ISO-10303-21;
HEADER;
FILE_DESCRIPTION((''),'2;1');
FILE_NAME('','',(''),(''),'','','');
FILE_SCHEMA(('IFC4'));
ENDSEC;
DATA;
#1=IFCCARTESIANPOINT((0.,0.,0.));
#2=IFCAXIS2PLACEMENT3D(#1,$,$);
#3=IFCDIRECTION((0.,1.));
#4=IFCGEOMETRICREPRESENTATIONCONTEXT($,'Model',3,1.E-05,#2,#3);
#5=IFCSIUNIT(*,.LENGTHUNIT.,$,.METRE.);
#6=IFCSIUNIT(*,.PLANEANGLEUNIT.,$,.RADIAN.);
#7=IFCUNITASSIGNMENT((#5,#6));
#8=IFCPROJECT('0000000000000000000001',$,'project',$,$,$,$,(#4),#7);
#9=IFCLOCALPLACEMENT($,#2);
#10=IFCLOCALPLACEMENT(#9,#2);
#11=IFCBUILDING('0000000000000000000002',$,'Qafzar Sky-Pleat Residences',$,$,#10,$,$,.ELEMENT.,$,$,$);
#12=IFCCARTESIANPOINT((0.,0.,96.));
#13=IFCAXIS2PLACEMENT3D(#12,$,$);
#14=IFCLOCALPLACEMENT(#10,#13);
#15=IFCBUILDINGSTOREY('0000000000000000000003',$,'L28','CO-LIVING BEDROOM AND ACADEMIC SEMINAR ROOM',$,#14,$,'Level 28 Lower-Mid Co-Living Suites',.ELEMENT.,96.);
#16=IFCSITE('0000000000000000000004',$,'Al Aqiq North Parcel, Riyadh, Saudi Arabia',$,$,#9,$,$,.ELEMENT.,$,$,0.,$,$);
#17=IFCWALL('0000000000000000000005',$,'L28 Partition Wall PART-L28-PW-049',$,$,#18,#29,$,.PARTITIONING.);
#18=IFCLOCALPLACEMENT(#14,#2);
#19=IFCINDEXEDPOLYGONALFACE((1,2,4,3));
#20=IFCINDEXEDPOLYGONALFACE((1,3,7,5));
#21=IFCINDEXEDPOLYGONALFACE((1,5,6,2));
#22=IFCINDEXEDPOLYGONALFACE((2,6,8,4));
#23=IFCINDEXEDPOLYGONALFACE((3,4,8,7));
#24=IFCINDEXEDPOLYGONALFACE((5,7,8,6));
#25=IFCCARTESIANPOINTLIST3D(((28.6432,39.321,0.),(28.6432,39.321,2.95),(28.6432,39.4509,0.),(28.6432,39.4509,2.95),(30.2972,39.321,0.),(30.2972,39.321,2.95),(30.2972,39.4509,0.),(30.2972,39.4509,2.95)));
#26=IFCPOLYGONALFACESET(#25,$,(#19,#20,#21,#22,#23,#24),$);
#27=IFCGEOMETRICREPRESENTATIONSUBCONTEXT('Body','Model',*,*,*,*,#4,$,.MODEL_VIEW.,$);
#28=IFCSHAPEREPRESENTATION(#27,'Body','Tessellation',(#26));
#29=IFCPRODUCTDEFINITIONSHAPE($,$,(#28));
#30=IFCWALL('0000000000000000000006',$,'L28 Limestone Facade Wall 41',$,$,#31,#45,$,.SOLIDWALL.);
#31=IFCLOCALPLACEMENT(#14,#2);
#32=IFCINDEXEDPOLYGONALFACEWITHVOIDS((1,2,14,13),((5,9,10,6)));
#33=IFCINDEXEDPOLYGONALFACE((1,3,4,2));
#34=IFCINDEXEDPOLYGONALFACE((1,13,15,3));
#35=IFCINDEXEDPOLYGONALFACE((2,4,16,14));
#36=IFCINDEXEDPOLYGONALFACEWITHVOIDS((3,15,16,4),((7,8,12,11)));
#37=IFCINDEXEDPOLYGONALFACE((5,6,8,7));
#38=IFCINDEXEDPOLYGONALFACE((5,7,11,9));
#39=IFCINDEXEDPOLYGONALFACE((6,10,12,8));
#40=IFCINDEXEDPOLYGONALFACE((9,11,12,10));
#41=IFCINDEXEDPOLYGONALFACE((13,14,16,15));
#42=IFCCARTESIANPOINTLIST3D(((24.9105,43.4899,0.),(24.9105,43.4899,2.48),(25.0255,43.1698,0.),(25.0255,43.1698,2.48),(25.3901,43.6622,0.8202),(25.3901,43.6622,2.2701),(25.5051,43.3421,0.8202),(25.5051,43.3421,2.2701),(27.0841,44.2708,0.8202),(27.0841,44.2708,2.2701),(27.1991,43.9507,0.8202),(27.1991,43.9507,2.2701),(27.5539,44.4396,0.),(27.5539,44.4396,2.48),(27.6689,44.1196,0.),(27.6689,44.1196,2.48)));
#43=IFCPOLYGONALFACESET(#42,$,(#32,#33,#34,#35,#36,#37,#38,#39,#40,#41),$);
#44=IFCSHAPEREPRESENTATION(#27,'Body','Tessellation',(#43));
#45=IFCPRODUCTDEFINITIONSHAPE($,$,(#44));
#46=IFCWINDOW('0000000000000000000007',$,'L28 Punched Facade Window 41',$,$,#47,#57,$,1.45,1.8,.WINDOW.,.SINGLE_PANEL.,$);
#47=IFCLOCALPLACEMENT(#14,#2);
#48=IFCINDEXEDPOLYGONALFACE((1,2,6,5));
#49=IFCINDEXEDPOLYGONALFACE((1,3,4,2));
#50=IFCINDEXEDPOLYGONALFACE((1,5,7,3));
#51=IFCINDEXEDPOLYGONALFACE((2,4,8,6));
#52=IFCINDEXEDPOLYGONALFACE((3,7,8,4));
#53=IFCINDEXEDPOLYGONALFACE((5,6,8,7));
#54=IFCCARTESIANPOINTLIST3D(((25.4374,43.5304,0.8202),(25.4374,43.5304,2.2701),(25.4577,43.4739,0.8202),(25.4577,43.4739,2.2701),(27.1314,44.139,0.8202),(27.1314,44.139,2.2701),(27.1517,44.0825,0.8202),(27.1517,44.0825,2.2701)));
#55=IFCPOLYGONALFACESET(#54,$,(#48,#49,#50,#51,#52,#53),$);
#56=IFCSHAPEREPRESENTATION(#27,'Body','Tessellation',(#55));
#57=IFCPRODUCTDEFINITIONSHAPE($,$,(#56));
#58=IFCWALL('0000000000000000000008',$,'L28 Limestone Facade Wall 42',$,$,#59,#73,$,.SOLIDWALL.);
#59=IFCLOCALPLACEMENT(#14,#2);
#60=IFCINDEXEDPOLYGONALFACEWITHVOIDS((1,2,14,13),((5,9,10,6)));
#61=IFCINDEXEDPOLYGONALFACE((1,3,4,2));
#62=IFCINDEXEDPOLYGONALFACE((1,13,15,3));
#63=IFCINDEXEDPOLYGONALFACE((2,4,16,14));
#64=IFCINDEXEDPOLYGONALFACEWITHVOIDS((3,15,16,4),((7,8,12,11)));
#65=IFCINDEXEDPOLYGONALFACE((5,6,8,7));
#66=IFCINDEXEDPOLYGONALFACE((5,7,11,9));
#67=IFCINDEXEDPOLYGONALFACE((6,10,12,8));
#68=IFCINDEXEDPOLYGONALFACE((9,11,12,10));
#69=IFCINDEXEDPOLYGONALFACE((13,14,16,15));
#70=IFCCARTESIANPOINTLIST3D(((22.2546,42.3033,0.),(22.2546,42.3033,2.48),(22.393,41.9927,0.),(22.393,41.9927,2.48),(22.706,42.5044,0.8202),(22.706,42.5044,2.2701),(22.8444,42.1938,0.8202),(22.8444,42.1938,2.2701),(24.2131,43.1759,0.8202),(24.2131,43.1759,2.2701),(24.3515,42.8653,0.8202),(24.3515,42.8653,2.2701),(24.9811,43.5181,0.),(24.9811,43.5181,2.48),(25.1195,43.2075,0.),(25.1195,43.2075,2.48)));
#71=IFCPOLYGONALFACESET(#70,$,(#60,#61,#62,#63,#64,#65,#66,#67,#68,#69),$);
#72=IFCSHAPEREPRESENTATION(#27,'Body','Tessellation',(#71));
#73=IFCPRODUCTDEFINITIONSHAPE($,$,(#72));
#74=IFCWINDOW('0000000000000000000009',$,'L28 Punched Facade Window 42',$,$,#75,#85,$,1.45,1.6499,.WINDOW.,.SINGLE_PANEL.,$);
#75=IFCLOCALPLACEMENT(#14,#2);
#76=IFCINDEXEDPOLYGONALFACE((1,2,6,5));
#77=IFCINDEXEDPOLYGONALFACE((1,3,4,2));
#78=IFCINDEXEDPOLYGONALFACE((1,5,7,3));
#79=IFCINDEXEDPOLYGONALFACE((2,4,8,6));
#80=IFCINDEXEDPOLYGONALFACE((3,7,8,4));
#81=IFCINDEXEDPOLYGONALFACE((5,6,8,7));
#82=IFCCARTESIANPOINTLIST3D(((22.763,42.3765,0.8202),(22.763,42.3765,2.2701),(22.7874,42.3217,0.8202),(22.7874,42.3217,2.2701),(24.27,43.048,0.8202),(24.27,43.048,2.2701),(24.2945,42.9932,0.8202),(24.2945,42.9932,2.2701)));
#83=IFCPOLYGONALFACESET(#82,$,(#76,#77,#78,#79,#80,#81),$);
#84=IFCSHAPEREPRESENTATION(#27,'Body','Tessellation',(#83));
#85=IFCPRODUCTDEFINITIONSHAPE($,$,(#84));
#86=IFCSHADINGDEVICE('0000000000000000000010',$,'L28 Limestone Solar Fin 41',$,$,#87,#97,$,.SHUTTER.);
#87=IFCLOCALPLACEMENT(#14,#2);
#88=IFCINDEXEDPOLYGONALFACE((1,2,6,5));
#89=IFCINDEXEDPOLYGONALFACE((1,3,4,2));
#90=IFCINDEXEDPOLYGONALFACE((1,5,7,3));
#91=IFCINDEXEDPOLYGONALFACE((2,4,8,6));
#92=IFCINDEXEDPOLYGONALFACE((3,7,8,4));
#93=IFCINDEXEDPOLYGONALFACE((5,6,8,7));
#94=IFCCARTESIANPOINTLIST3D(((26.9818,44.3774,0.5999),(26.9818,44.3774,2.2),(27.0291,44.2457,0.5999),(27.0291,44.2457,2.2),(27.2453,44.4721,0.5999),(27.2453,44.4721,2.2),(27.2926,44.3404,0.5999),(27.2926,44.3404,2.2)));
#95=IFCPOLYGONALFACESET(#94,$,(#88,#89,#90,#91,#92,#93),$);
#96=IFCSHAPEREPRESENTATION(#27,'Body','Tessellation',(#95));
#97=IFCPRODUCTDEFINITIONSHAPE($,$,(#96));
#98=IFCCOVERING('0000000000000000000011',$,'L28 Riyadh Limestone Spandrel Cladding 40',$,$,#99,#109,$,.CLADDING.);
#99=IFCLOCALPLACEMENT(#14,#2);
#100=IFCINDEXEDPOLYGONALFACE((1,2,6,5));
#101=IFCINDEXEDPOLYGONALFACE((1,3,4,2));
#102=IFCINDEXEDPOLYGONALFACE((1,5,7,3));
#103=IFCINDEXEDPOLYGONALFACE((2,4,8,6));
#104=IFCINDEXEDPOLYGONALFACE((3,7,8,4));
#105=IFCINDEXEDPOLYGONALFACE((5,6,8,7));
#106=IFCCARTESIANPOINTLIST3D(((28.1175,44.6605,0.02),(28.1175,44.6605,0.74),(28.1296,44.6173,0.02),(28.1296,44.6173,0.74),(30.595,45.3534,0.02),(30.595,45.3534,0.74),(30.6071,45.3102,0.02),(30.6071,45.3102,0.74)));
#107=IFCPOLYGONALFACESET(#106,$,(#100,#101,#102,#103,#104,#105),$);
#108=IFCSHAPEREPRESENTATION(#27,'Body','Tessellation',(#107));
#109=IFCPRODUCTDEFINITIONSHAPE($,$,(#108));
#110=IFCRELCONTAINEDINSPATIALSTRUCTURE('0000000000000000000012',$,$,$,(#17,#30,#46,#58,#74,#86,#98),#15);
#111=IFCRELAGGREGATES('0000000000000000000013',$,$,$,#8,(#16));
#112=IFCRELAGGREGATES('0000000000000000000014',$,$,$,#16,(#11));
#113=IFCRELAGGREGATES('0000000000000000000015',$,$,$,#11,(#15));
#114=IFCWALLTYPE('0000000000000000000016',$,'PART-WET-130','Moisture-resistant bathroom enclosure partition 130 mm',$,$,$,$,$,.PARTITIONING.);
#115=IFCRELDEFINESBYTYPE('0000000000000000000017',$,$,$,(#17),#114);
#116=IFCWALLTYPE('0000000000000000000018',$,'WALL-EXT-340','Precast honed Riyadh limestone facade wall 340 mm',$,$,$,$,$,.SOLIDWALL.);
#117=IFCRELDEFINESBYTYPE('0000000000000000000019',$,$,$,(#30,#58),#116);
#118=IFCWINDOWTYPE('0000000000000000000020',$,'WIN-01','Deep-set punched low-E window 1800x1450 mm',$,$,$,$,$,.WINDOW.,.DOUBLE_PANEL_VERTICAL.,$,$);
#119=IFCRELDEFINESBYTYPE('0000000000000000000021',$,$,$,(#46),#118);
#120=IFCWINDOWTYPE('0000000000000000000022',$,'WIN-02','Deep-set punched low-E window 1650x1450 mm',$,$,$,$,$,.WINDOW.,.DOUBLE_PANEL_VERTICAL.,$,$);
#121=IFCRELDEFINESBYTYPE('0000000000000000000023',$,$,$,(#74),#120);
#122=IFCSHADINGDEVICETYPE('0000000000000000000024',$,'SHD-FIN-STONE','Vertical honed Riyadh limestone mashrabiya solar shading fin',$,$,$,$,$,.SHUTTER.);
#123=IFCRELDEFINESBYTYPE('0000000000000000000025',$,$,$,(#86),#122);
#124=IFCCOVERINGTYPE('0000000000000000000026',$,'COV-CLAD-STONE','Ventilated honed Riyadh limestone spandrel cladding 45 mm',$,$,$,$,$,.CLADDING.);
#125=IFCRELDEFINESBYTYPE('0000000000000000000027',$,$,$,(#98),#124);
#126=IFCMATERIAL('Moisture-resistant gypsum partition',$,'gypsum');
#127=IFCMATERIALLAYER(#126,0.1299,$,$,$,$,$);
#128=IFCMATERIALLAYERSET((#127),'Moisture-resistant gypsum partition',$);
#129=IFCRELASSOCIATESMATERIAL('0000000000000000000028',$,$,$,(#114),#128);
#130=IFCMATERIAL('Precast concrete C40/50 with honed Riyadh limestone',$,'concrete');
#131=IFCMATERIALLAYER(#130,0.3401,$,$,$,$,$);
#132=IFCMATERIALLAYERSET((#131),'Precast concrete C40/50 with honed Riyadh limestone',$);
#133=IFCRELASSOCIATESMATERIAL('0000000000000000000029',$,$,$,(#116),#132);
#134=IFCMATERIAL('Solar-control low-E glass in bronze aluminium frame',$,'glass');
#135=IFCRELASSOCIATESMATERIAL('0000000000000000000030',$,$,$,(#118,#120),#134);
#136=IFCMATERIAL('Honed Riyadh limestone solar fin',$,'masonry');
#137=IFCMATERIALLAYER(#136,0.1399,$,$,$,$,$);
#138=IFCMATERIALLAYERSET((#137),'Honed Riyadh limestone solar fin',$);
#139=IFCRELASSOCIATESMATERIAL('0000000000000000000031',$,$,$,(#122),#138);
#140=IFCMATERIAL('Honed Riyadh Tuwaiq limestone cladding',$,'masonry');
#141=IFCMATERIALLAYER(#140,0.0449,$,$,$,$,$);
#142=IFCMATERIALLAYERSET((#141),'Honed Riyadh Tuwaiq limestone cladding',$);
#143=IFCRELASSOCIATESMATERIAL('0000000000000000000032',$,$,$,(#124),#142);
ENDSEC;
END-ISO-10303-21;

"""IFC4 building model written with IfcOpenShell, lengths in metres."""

from ifc_helpers import new_model, si_unit, direction, frame, frame_2d, origin, origin_2d, place, context, subcontext, project, spatial, rectangle, extrude, source, transform, mapped, material, layer, layer_set, type_object, element, fill, save


model = new_model("IFC4")

# Units and contexts
model_context = context("Model", 3, precision=1e-05, world=origin(), true_north=direction((0.0, 1.0)))
body_context = subcontext(model_context, "Body", "Model", "MODEL_VIEW")
ifc_project = project(units=[si_unit("LENGTHUNIT", "METRE"), si_unit("PLANEANGLEUNIT", "RADIAN")], contexts=[model_context])

# Site, building, storey
site_placement = place(None, origin())
site = spatial("IfcSite", under=ifc_project, at=site_placement, Name="Al Aqiq North Parcel, Riyadh, Saudi Arabia", CompositionType="ELEMENT", RefElevation=0.0)
building_placement = place(site_placement, origin())
building = spatial("IfcBuilding", under=site, at=building_placement, Name="Qafzar Sky-Pleat Residences", CompositionType="ELEMENT")
storey_placement = place(building_placement, frame((0.0, 0.0, 96.0)))
storey = spatial("IfcBuildingStorey", under=building, at=storey_placement, Name="L28", Description="CO-LIVING BEDROOM AND ACADEMIC SEMINAR ROOM", LongName="Level 28 Lower-Mid Co-Living Suites", CompositionType="ELEMENT", Elevation=96.0)

# Shared definitions
ifc_material_1 = material(Name="Moisture-resistant gypsum partition", Category="gypsum")
ifc_layer_1 = layer(ifc_material_1, 0.1299)
ifc_layer_set_1 = layer_set([ifc_layer_1], Name="Moisture-resistant gypsum partition")
wall_type_1 = type_object("IfcWallType", Name="PART-WET-130", Description="Moisture-resistant bathroom enclosure partition 130 mm", PredefinedType="PARTITIONING", material=ifc_layer_set_1)

# Wall
wall_1_placement = place(storey_placement, frame((28.6431, 39.386, 0.0), z_axis=(0.0, 0.0, 1.0), x_axis=(1.0, 0.0, 0.0)))
element("IfcWall", 1, at=wall_1_placement, inside=storey, type_object=wall_type_1, Name="L28 Partition Wall PART-L28-PW-049", PredefinedType="PARTITIONING", context=body_context, shape_type="SweptSolid", body=[
    extrude(rectangle(XDim=1.6541, YDim=0.1299, at=frame_2d((0.8271, 0.0))), origin(), (0.0, 0.0, 1.0), 2.95),
])

# Walls, openings, windows
ifc_material_2 = material(Name="Precast concrete C40/50 with honed Riyadh limestone", Category="concrete")
ifc_layer_2 = layer(ifc_material_2, 0.3401)
ifc_layer_set_2 = layer_set([ifc_layer_2], Name="Precast concrete C40/50 with honed Riyadh limestone")
wall_type_2 = type_object("IfcWallType", Name="WALL-EXT-340", Description="Precast honed Riyadh limestone facade wall 340 mm", PredefinedType="SOLIDWALL", material=ifc_layer_set_2)
wall_2_placement = place(storey_placement, frame((27.6113, 44.2795, 0.0), z_axis=(0.0, 0.0, 1.0), x_axis=(-0.941101, -0.338125, 0.0)))
wall_2 = element("IfcWall", 2, at=wall_2_placement, inside=storey, type_object=wall_type_2, Name="L28 Limestone Facade Wall 41", PredefinedType="SOLIDWALL", context=body_context, shape_type="SweptSolid", body=[
    extrude(rectangle(XDim=2.8088, YDim=0.3401, at=frame_2d((1.4043, 0.0))), origin(), (0.0, 0.0, 1.0), 2.48),
])
opening_1_placement = place(wall_2_placement, frame((0.4993, 0.0, 0.8201)))
opening_1 = element("IfcOpeningElement", 3, at=opening_1_placement, cuts=wall_2, PredefinedType="OPENING", context=body_context, shape_type="SweptSolid", body=[
    extrude(rectangle(XDim=1.8, YDim=1.45, at=frame_2d((0.8999, 0.7251))), frame((0.0, 0.1802, 0.0), z_axis=(0.0, -1.0, 0.0), x_axis=(1.0, 0.0, 0.0)), (0.0, 0.0, 1.0), 0.3601),
])
ifc_material_3 = material(Name="Solar-control low-E glass in bronze aluminium frame", Category="glass")
window_type_1 = type_object("IfcWindowType", Name="WIN-01", Description="Deep-set punched low-E window 1800x1450 mm", PartitioningType="DOUBLE_PANEL_VERTICAL", PredefinedType="WINDOW", material=ifc_material_3)
shared_shape_1 = source(origin(), body_context, "Body", "SweptSolid", [
    extrude(rectangle(XDim=1.8, YDim=1.45, at=frame_2d((0.8999, 0.7251))), frame((0.0, 0.03, 0.0), z_axis=(0.0, -1.0, 0.0), x_axis=(1.0, 0.0, 0.0)), (0.0, 0.0, 1.0), 0.0601),
])
window_1_placement = place(opening_1_placement, origin())
window_1 = element("IfcWindow", 4, at=window_1_placement, inside=storey, type_object=window_type_1, Name="L28 Punched Facade Window 41", OverallHeight=1.45, OverallWidth=1.8, PartitioningType="SINGLE_PANEL", PredefinedType="WINDOW", context=body_context, shape_type="MappedRepresentation", body=[
    mapped(shared_shape_1, transform((0.0, 0.0, 0.0), x_axis=(1.0, 0.0, 0.0), y_axis=(0.0, 1.0, 0.0), z_axis=(0.0, 0.0, 1.0), scale=1.0)),
])
fill(opening_1, window_1)
wall_3_placement = place(storey_placement, frame((25.0503, 43.3628, 0.0), z_axis=(0.0, 0.0, 1.0), x_axis=(-0.913433, -0.406988, 0.0)))
wall_3 = element("IfcWall", 5, at=wall_3_placement, inside=storey, type_object=wall_type_2, Name="L28 Limestone Facade Wall 42", PredefinedType="SOLIDWALL", context=body_context, shape_type="SweptSolid", body=[
    extrude(rectangle(XDim=2.9849, YDim=0.3401, at=frame_2d((1.4924, 0.0))), origin(), (0.0, 0.0, 1.0), 2.48),
])
opening_2_placement = place(wall_3_placement, frame((0.8408, 0.0, 0.8201)))
opening_2 = element("IfcOpeningElement", 6, at=opening_2_placement, cuts=wall_3, PredefinedType="OPENING", context=body_context, shape_type="SweptSolid", body=[
    extrude(rectangle(XDim=1.6499, YDim=1.45, at=frame_2d((0.825, 0.7251))), frame((0.0, 0.1802, 0.0), z_axis=(0.0, -1.0, 0.0), x_axis=(1.0, 0.0, 0.0)), (0.0, 0.0, 1.0), 0.3601),
])
window_type_2 = type_object("IfcWindowType", Name="WIN-02", Description="Deep-set punched low-E window 1650x1450 mm", PartitioningType="DOUBLE_PANEL_VERTICAL", PredefinedType="WINDOW", material=ifc_material_3)
shared_shape_2 = source(origin(), body_context, "Body", "SweptSolid", [
    extrude(rectangle(XDim=1.6499, YDim=1.45, at=frame_2d((0.825, 0.7251))), frame((0.0, 0.03, 0.0), z_axis=(0.0, -1.0, 0.0), x_axis=(1.0, 0.0, 0.0)), (0.0, 0.0, 1.0), 0.0601),
])
window_2_placement = place(opening_2_placement, origin())
window_2 = element("IfcWindow", 7, at=window_2_placement, inside=storey, type_object=window_type_2, Name="L28 Punched Facade Window 42", OverallHeight=1.45, OverallWidth=1.6499, PartitioningType="SINGLE_PANEL", PredefinedType="WINDOW", context=body_context, shape_type="MappedRepresentation", body=[
    mapped(shared_shape_2, transform((0.0, 0.0, 0.0), x_axis=(1.0, 0.0, 0.0), y_axis=(0.0, 1.0, 0.0), z_axis=(0.0, 0.0, 1.0), scale=1.0)),
])
fill(opening_2, window_2)

# Shading device
ifc_material_4 = material(Name="Honed Riyadh limestone solar fin", Category="masonry")
ifc_layer_3 = layer(ifc_material_4, 0.1399)
ifc_layer_set_3 = layer_set([ifc_layer_3], Name="Honed Riyadh limestone solar fin")
shading_device_type = type_object("IfcShadingDeviceType", Name="SHD-FIN-STONE", Description="Vertical honed Riyadh limestone mashrabiya solar shading fin", PredefinedType="SHUTTER", material=ifc_layer_set_3)
shared_shape_3 = source(origin(), body_context, "Body", "SweptSolid", [
    extrude(rectangle(XDim=0.1399, YDim=0.28, at=origin_2d()), origin(), (0.0, 0.0, 1.0), 1.6001),
])
shading_device_placement = place(storey_placement, frame((27.1372, 44.3589, 0.5999), z_axis=(0.0, 0.0, 1.0), x_axis=(-0.338158, 0.941089, 0.0)))
element("IfcShadingDevice", 8, at=shading_device_placement, inside=storey, type_object=shading_device_type, Name="L28 Limestone Solar Fin 41", PredefinedType="SHUTTER", context=body_context, shape_type="MappedRepresentation", body=[
    mapped(shared_shape_3, transform((0.0, 0.0, 0.0), x_axis=(1.0, 0.0, 0.0), y_axis=(0.0, 1.0, 0.0), z_axis=(0.0, 0.0, 1.0), scale=1.0)),
])

# Covering
ifc_material_5 = material(Name="Honed Riyadh Tuwaiq limestone cladding", Category="masonry")
ifc_layer_4 = layer(ifc_material_5, 0.0449)
ifc_layer_set_4 = layer_set([ifc_layer_4], Name="Honed Riyadh Tuwaiq limestone cladding")
covering_type = type_object("IfcCoveringType", Name="COV-CLAD-STONE", Description="Ventilated honed Riyadh limestone spandrel cladding 45 mm", PredefinedType="CLADDING", material=ifc_layer_set_4)
shared_shape_4 = source(origin(), body_context, "Body", "SweptSolid", [
    extrude(rectangle(XDim=2.5725, YDim=0.0449, at=origin_2d()), origin(), (0.0, 0.0, 1.0), 0.72),
])
covering_placement = place(storey_placement, frame((29.3623, 44.9854, 0.02), z_axis=(0.0, 0.0, 1.0), x_axis=(-0.963044, -0.269343, 0.0)))
element("IfcCovering", 9, at=covering_placement, inside=storey, type_object=covering_type, Name="L28 Riyadh Limestone Spandrel Cladding 40", PredefinedType="CLADDING", context=body_context, shape_type="MappedRepresentation", body=[
    mapped(shared_shape_4, transform((0.0, 0.0, 0.0), x_axis=(1.0, 0.0, 0.0), y_axis=(0.0, 1.0, 0.0), z_axis=(0.0, 0.0, 1.0), scale=1.0)),
])

save(model, "model.ifc")
